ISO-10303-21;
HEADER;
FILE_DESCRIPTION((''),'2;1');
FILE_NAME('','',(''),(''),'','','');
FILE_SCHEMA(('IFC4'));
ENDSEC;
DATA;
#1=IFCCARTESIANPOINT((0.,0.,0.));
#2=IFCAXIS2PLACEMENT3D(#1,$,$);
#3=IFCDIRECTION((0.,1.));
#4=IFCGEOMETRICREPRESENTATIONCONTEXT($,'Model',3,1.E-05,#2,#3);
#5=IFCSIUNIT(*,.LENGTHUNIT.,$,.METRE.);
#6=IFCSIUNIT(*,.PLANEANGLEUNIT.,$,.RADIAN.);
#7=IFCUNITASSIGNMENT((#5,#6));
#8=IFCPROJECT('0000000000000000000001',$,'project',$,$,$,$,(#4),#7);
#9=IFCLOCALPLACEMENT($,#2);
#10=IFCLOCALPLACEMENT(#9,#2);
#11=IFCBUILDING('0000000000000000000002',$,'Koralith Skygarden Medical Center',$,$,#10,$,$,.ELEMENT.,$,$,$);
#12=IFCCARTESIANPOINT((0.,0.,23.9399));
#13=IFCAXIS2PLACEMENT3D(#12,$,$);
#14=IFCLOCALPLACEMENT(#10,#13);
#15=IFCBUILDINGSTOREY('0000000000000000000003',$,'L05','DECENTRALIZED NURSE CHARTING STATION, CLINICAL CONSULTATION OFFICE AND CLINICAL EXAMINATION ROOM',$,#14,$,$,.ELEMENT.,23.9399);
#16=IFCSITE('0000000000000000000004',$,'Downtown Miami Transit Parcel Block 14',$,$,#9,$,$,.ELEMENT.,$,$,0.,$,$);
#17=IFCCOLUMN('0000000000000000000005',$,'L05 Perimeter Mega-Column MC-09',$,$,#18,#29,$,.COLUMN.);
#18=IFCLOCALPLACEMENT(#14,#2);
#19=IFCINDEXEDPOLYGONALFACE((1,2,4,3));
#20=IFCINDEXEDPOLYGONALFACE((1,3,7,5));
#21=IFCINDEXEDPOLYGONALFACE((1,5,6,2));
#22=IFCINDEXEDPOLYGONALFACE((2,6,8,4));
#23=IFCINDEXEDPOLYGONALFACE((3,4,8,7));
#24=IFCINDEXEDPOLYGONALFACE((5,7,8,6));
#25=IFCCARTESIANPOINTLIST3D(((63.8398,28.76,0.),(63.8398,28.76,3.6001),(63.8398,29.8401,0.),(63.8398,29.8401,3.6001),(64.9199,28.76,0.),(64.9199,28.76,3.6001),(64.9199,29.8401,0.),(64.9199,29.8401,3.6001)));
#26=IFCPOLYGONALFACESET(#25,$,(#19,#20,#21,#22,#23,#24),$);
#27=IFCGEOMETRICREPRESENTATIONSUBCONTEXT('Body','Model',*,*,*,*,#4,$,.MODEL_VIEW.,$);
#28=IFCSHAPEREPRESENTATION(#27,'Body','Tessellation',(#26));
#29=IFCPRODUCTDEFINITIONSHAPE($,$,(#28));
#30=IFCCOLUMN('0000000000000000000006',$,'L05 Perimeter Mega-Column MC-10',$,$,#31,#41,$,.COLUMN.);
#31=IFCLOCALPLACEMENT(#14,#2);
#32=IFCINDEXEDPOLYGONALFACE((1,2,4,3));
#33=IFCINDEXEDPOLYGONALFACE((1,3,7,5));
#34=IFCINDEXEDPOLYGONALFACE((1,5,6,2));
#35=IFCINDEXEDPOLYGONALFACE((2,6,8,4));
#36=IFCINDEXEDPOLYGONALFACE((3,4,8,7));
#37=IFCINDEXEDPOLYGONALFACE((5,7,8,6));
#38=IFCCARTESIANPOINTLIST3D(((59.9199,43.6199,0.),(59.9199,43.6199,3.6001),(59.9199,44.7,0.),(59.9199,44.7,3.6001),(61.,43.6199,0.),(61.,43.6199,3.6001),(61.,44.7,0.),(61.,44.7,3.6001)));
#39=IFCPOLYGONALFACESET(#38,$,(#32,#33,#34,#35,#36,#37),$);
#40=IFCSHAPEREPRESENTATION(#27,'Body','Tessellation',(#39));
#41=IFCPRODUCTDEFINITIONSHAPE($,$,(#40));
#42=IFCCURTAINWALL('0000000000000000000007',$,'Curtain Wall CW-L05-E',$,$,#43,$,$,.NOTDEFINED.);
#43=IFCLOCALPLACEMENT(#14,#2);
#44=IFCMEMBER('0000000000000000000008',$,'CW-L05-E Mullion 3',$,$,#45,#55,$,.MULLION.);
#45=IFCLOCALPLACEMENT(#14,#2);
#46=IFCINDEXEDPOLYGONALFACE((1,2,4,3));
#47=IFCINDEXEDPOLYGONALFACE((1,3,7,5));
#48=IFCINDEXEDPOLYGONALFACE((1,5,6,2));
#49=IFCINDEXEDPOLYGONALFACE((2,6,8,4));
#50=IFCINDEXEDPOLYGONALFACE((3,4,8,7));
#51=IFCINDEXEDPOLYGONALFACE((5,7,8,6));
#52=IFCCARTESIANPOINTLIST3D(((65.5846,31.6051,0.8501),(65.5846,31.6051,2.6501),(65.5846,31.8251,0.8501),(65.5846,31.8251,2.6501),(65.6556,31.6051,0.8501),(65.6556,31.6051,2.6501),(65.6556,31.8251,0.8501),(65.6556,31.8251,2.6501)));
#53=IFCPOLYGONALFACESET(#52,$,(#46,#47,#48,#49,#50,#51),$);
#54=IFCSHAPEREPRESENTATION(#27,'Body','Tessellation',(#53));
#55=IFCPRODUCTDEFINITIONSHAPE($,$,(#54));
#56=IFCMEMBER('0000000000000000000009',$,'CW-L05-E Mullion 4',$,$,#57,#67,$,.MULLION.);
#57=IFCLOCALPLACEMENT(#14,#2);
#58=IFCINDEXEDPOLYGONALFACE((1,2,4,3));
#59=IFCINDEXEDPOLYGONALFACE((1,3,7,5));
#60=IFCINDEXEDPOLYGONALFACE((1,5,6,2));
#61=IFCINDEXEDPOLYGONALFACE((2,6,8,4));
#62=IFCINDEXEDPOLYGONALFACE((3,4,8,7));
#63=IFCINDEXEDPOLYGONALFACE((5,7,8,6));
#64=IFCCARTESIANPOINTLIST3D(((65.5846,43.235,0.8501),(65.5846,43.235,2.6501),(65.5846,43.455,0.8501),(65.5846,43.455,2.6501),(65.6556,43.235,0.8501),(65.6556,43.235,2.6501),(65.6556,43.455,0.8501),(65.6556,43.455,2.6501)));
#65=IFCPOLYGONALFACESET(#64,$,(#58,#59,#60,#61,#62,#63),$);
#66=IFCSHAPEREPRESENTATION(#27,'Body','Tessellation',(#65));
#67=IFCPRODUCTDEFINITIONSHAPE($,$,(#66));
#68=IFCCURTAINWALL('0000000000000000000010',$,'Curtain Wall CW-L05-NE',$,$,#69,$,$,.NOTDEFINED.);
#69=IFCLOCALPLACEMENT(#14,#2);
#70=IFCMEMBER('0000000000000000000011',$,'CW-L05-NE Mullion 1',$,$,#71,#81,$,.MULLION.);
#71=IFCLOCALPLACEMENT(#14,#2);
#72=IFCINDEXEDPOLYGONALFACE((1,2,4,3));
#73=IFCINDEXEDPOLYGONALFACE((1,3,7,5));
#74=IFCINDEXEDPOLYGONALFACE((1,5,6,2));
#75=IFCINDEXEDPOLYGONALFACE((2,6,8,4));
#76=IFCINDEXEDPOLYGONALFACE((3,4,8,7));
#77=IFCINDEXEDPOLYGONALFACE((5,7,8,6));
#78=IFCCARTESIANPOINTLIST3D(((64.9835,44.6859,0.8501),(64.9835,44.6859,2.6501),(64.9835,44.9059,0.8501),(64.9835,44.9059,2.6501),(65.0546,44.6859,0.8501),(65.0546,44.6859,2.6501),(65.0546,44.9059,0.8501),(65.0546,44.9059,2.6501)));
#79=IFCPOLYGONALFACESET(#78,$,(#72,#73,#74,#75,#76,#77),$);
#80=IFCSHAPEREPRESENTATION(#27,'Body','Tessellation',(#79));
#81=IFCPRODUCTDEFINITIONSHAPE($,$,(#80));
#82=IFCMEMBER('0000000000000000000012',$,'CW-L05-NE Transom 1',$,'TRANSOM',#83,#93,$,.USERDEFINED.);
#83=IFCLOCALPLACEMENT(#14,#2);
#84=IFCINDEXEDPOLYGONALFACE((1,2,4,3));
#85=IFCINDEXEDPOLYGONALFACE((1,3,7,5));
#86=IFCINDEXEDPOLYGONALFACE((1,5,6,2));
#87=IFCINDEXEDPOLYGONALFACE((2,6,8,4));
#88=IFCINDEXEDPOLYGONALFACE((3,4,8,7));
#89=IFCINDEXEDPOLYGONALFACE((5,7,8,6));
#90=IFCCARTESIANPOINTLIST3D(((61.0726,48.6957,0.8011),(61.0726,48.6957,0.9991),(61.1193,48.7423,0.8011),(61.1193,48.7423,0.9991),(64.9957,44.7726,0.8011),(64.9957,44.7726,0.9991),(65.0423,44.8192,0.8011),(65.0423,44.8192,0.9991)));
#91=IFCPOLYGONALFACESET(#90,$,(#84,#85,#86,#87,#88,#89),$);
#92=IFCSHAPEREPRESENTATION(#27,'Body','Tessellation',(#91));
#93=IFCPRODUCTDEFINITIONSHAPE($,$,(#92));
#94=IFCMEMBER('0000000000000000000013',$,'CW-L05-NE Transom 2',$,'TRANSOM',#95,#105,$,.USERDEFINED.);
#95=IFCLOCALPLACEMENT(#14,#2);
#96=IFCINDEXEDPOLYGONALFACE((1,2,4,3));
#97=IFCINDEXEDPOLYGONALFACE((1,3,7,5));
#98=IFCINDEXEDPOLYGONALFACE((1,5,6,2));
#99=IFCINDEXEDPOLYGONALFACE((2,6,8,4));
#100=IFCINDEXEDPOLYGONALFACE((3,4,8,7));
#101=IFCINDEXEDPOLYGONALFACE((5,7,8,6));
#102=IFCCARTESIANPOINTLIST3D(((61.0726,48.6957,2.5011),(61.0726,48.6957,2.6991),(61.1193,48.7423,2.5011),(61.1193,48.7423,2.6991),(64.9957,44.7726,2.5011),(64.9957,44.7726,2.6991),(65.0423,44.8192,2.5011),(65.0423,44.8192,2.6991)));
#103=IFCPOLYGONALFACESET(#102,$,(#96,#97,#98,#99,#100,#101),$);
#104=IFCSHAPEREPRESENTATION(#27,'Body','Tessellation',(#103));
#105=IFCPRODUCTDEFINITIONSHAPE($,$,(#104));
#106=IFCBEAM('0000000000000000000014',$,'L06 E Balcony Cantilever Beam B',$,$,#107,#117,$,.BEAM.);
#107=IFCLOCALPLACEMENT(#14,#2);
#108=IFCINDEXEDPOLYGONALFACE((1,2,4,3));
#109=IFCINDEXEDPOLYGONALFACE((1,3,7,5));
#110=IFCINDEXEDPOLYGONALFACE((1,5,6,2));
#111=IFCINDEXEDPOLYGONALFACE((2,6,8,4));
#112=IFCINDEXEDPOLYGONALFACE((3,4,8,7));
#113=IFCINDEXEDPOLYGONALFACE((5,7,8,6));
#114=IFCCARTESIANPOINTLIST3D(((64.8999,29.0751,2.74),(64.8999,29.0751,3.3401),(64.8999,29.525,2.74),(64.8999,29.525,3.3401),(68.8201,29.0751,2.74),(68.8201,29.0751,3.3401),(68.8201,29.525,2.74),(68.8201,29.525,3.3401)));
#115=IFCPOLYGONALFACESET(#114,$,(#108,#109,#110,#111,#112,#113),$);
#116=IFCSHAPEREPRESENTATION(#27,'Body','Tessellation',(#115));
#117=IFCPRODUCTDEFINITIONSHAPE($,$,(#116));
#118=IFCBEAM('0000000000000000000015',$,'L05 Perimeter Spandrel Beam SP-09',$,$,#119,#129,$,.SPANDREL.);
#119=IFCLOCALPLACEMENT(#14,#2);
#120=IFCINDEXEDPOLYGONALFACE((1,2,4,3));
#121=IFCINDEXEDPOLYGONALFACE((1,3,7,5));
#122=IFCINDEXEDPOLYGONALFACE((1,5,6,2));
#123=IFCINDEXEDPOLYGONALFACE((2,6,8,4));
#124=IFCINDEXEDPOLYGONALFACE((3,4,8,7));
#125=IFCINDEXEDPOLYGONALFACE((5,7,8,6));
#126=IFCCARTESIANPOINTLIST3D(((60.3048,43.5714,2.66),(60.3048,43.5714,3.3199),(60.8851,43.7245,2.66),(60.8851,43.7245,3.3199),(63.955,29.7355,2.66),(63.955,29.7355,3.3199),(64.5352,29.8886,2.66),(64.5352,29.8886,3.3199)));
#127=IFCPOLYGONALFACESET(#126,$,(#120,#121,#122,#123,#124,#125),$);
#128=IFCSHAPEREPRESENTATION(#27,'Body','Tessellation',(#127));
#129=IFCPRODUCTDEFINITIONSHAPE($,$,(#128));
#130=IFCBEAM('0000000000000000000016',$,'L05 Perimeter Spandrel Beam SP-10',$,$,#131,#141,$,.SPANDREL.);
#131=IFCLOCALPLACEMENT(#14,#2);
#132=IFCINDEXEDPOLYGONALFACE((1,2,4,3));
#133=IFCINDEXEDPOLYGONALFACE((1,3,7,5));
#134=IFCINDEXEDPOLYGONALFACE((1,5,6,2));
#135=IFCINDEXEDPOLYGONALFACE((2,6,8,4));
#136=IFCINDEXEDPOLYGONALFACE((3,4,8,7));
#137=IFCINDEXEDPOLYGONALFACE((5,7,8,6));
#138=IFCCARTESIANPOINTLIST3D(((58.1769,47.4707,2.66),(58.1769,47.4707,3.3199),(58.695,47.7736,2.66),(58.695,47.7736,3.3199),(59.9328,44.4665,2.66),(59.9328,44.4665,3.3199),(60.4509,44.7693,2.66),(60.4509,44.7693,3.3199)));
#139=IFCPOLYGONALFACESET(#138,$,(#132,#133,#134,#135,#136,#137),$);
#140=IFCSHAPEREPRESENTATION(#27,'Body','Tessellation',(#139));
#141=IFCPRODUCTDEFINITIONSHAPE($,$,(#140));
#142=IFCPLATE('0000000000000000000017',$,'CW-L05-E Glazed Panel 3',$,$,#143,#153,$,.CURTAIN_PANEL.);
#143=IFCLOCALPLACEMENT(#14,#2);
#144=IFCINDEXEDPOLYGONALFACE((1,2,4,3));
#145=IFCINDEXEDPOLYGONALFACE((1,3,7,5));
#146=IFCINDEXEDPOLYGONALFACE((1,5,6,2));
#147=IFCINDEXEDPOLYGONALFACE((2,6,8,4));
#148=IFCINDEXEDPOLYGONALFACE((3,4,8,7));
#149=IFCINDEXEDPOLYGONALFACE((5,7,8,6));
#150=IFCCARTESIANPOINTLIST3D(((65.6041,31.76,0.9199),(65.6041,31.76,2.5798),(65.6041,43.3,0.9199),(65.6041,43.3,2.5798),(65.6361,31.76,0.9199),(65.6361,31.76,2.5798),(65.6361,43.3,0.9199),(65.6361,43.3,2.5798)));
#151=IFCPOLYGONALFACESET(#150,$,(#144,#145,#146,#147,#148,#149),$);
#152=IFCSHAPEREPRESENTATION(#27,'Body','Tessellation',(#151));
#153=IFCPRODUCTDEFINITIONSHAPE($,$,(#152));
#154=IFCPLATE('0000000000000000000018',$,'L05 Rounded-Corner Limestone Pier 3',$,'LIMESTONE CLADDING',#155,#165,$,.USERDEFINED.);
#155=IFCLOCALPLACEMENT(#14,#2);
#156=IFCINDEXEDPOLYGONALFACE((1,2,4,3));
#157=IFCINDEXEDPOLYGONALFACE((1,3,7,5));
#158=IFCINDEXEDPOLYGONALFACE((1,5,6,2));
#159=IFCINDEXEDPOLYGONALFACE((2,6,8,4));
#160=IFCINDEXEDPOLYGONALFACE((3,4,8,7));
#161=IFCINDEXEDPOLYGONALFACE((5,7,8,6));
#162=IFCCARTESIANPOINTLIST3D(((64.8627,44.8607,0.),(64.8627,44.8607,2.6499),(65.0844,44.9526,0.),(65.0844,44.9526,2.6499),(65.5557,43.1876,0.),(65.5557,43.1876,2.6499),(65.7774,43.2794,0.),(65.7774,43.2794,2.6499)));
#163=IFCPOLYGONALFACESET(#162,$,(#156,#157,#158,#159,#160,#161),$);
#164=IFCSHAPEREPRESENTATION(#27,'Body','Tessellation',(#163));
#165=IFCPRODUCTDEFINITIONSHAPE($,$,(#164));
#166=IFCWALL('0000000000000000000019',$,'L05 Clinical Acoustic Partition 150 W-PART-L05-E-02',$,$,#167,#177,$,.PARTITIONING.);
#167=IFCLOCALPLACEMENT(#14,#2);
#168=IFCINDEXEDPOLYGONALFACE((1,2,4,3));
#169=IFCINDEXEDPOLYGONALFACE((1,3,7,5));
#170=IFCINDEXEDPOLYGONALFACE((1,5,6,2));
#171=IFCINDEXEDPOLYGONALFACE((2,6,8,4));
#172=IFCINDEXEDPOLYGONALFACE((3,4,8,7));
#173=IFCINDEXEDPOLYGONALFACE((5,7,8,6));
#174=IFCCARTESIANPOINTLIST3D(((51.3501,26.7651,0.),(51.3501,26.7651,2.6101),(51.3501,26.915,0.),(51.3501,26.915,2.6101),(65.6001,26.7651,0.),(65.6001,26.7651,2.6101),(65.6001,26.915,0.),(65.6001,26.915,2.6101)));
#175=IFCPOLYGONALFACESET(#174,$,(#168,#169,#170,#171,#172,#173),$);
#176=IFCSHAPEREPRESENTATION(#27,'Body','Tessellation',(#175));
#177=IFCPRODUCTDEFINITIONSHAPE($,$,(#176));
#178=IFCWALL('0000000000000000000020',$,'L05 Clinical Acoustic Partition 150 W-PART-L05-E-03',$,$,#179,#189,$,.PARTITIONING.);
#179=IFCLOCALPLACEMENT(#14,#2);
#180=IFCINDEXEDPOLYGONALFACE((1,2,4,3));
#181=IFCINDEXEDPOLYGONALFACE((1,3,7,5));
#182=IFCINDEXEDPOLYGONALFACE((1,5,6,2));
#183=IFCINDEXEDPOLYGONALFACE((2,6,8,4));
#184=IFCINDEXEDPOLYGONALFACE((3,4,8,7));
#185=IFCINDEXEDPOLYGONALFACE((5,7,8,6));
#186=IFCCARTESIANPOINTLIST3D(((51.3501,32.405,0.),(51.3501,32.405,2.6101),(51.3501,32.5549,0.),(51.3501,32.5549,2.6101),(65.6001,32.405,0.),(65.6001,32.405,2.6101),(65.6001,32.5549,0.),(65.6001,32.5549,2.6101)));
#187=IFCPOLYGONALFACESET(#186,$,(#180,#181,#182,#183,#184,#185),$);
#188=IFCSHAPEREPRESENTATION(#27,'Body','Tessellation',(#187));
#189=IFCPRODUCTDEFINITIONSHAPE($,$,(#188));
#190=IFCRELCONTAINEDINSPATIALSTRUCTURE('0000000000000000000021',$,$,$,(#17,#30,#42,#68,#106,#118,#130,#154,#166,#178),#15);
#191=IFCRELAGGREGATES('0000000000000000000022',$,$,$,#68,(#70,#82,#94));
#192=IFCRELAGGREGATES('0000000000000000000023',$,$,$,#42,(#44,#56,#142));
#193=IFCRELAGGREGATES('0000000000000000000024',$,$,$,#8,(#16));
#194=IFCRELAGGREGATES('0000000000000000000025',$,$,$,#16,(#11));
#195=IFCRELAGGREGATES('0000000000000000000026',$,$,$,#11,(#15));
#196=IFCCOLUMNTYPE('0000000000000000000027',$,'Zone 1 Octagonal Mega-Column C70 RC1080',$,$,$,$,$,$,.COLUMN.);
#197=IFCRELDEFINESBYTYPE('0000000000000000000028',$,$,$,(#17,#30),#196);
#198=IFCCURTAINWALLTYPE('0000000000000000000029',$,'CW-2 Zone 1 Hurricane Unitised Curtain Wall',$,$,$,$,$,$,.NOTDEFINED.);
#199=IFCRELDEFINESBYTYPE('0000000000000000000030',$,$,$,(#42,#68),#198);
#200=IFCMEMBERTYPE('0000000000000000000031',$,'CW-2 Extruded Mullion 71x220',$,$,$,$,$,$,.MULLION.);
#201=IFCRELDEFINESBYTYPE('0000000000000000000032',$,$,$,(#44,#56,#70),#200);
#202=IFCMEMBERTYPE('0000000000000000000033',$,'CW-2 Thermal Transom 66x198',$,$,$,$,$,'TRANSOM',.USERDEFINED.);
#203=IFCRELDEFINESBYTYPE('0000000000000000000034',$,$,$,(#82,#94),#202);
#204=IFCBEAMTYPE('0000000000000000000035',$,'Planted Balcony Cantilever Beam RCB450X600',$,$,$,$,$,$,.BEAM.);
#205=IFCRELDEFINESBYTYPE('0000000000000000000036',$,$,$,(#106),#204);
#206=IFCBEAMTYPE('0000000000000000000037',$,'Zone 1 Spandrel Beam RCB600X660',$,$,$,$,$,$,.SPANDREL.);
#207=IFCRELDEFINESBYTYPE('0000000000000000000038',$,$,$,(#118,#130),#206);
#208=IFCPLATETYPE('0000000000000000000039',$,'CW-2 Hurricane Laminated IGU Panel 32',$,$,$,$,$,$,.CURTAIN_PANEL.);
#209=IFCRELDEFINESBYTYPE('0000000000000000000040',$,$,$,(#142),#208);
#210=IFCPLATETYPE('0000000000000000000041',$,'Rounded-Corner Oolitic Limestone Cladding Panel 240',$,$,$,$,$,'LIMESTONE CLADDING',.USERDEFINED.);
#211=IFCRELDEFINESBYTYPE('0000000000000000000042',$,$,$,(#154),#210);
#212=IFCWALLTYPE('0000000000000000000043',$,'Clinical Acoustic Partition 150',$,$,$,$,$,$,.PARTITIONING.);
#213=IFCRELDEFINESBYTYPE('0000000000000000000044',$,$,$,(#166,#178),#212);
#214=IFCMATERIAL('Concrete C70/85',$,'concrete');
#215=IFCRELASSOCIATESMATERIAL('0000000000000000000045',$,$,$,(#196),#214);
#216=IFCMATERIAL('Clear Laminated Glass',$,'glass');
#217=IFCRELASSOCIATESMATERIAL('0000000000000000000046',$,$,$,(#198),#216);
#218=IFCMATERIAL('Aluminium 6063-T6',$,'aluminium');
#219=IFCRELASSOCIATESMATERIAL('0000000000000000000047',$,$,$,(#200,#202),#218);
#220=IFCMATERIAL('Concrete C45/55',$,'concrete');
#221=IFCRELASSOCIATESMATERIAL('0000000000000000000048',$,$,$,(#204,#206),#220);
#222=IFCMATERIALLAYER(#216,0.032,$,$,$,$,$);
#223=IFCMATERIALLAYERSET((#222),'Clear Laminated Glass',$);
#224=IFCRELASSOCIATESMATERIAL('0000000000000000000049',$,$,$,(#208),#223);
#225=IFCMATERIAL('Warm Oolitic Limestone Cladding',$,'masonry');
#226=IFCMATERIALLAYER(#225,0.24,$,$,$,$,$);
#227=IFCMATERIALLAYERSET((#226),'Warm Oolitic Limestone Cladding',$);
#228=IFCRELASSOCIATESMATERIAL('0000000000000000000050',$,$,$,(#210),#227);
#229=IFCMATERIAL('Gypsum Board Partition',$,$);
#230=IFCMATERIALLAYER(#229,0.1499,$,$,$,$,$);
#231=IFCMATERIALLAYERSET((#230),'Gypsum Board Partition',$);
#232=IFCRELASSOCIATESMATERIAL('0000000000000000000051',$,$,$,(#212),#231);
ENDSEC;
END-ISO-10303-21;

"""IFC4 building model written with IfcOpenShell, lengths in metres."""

from ifc_helpers import new_model, si_unit, direction, frame, frame_2d, origin, origin_2d, place, context, subcontext, project, spatial, rectangle, extrude, material, layer, layer_set, material_profile, profile_set, type_object, element, aggregate, save


model = new_model("IFC4")

# Units and contexts
model_context = context("Model", 3, precision=1e-05, world=origin(), true_north=direction((0.0, 1.0)))
body_context = subcontext(model_context, "Body", "Model", "MODEL_VIEW")
ifc_project = project(units=[si_unit("LENGTHUNIT", "METRE"), si_unit("PLANEANGLEUNIT", "RADIAN")], contexts=[model_context])

# Site, building, storey
site_placement = place(None, origin())
site = spatial("IfcSite", under=ifc_project, at=site_placement, Name="Downtown Miami Transit Parcel Block 14", CompositionType="ELEMENT", RefElevation=0.0)
building_placement = place(site_placement, origin())
building = spatial("IfcBuilding", under=site, at=building_placement, Name="Koralith Skygarden Medical Center", CompositionType="ELEMENT")
storey_placement = place(building_placement, frame((0.0, 0.0, 23.9399)))
storey = spatial("IfcBuildingStorey", under=building, at=storey_placement, Name="L05", Description="DECENTRALIZED NURSE CHARTING STATION, CLINICAL CONSULTATION OFFICE AND CLINICAL EXAMINATION ROOM", CompositionType="ELEMENT", Elevation=23.9399)

# Columns
ifc_material_1 = material(Name="Concrete C70/85", Category="concrete")
ifc_material_profile_1 = material_profile(ifc_material_1, rectangle(XDim=1.0801, YDim=1.0801, at=origin_2d()), Name="RC1080X1080")
ifc_profile_set_1 = profile_set([ifc_material_profile_1], Name="Concrete C70/85")
column_type = type_object("IfcColumnType", Name="Zone 1 Octagonal Mega-Column C70 RC1080", PredefinedType="COLUMN", material=ifc_profile_set_1)
for number, where, z_axis, x_axis, name in (
    (1, (64.3799, 29.3, 0.0), (0.0, 0.0, 1.0), (1.0, 0.0, 0.0), "L05 Perimeter Mega-Column MC-09"),
    (2, (60.46, 44.1599, 0.0), (0.0, 0.0, 1.0), (1.0, 0.0, 0.0), "L05 Perimeter Mega-Column MC-10"),
):
    element("IfcColumn", number, at=place(storey_placement, frame(where, z_axis=z_axis, x_axis=x_axis)), inside=storey, type_object=column_type, Name=name, PredefinedType="COLUMN", context=body_context, shape_type="SweptSolid", body=[
        extrude(rectangle(XDim=1.0801, YDim=1.0801, at=origin_2d()), origin(), (0.0, 0.0, 1.0), 3.6001),
    ])

# Curtain walls, members
ifc_material_2 = material(Name="Clear Laminated Glass", Category="glass")
curtain_wall_type = type_object("IfcCurtainWallType", Name="CW-2 Zone 1 Hurricane Unitised Curtain Wall", PredefinedType="NOTDEFINED", material=ifc_material_2)
curtain_wall_1_placement = place(storey_placement, origin())
curtain_wall_1 = element("IfcCurtainWall", 3, at=curtain_wall_1_placement, inside=storey, type_object=curtain_wall_type, Name="Curtain Wall CW-L05-E", PredefinedType="NOTDEFINED")
ifc_material_3 = material(Name="Aluminium 6063-T6", Category="aluminium")
ifc_material_profile_2 = material_profile(ifc_material_3, rectangle(XDim=0.071, YDim=0.22, at=origin_2d()), Name="MUL71X220")
ifc_profile_set_2 = profile_set([ifc_material_profile_2], Name="Aluminium 6063-T6")
member_type_1 = type_object("IfcMemberType", Name="CW-2 Extruded Mullion 71x220", PredefinedType="MULLION", material=ifc_profile_set_2)
member_1_placement = place(storey_placement, frame((65.6201, 31.7151, 0.8501), z_axis=(0.0, 0.0, 1.0), x_axis=(1.0, 0.0, 0.0)))
member_1 = element("IfcMember", 4, at=member_1_placement, type_object=member_type_1, Name="CW-L05-E Mullion 3", PredefinedType="MULLION", context=body_context, shape_type="SweptSolid", body=[
    extrude(rectangle(XDim=0.071, YDim=0.22, at=origin_2d()), origin(), (0.0, 0.0, 1.0), 1.8),
])
member_2_placement = place(storey_placement, frame((65.6201, 43.345, 0.8501), z_axis=(0.0, 0.0, 1.0), x_axis=(1.0, 0.0, 0.0)))
member_2 = element("IfcMember", 5, at=member_2_placement, type_object=member_type_1, Name="CW-L05-E Mullion 4", PredefinedType="MULLION", context=body_context, shape_type="SweptSolid", body=[
    extrude(rectangle(XDim=0.071, YDim=0.22, at=origin_2d()), origin(), (0.0, 0.0, 1.0), 1.8),
])
curtain_wall_2_placement = place(storey_placement, origin())
curtain_wall_2 = element("IfcCurtainWall", 6, at=curtain_wall_2_placement, inside=storey, type_object=curtain_wall_type, Name="Curtain Wall CW-L05-NE", PredefinedType="NOTDEFINED")
member_3_placement = place(storey_placement, frame((65.019, 44.7959, 0.8501), z_axis=(0.0, 0.0, 1.0), x_axis=(1.0, 0.0, 0.0)))
member_3 = element("IfcMember", 7, at=member_3_placement, type_object=member_type_1, Name="CW-L05-NE Mullion 1", PredefinedType="MULLION", context=body_context, shape_type="SweptSolid", body=[
    extrude(rectangle(XDim=0.071, YDim=0.22, at=origin_2d()), origin(), (0.0, 0.0, 1.0), 1.8),
])
ifc_material_profile_3 = material_profile(ifc_material_3, rectangle(XDim=0.0659, YDim=0.198, at=origin_2d()), Name="TRN66X198")
ifc_profile_set_3 = profile_set([ifc_material_profile_3], Name="Aluminium 6063-T6")
member_type_2 = type_object("IfcMemberType", Name="CW-2 Thermal Transom 66x198", ElementType="TRANSOM", PredefinedType="USERDEFINED", material=ifc_profile_set_3)
member_4_placement = place(storey_placement, frame((65.019, 44.7959, 0.9001), z_axis=(-0.707107, 0.707107, 0.0), x_axis=(-0.707107, -0.707107, 0.0)))
member_4 = element("IfcMember", 8, at=member_4_placement, type_object=member_type_2, Name="CW-L05-NE Transom 1", ObjectType="TRANSOM", PredefinedType="USERDEFINED", context=body_context, shape_type="SweptSolid", body=[
    extrude(rectangle(XDim=0.0659, YDim=0.198, at=origin_2d()), origin(), (0.0, 0.0, 1.0), 5.5481),
])
member_5_placement = place(storey_placement, frame((65.019, 44.7959, 2.6001), z_axis=(-0.707107, 0.707107, 0.0), x_axis=(-0.707107, -0.707107, 0.0)))
member_5 = element("IfcMember", 9, at=member_5_placement, type_object=member_type_2, Name="CW-L05-NE Transom 2", ObjectType="TRANSOM", PredefinedType="USERDEFINED", context=body_context, shape_type="SweptSolid", body=[
    extrude(rectangle(XDim=0.0659, YDim=0.198, at=origin_2d()), origin(), (0.0, 0.0, 1.0), 5.5481),
])
aggregate(curtain_wall_2, [member_3, member_4, member_5])

# Beams
ifc_material_4 = material(Name="Concrete C45/55", Category="concrete")
ifc_material_profile_4 = material_profile(ifc_material_4, rectangle(XDim=0.45, YDim=0.6001, at=origin_2d()), Name="RCB450X600")
ifc_profile_set_4 = profile_set([ifc_material_profile_4], Name="Concrete C45/55")
beam_type_1 = type_object("IfcBeamType", Name="Planted Balcony Cantilever Beam RCB450X600", PredefinedType="BEAM", material=ifc_profile_set_4)
beam_1_placement = place(storey_placement, frame((64.8999, 29.3, 3.04), z_axis=(1.0, 0.0, 0.0), x_axis=(0.0, 1.0, 0.0)))
element("IfcBeam", 10, at=beam_1_placement, inside=storey, type_object=beam_type_1, Name="L06 E Balcony Cantilever Beam B", PredefinedType="BEAM", context=body_context, shape_type="SweptSolid", body=[
    extrude(rectangle(XDim=0.45, YDim=0.6001, at=origin_2d()), origin(), (0.0, 0.0, 1.0), 3.9202),
])
ifc_material_profile_5 = material_profile(ifc_material_4, rectangle(XDim=0.6001, YDim=0.6599, at=origin_2d()), Name="RCB600X660")
ifc_profile_set_5 = profile_set([ifc_material_profile_5], Name="Concrete C45/55")
beam_type_2 = type_object("IfcBeamType", Name="Zone 1 Spandrel Beam RCB600X660", PredefinedType="SPANDREL", material=ifc_profile_set_5)
beam_2_placement = place(storey_placement, frame((64.2451, 29.812, 2.99), z_axis=(-0.255089, 0.966918, 0.0), x_axis=(-0.966918, -0.255089, 0.0)))
element("IfcBeam", 11, at=beam_2_placement, inside=storey, type_object=beam_type_2, Name="L05 Perimeter Spandrel Beam SP-09", PredefinedType="SPANDREL", context=body_context, shape_type="SweptSolid", body=[
    extrude(rectangle(XDim=0.6001, YDim=0.6599, at=origin_2d()), origin(), (0.0, 0.0, 1.0), 14.3093),
])
beam_3_placement = place(storey_placement, frame((60.1919, 44.6179, 2.99), z_axis=(-0.504608, 0.863349, 0.0), x_axis=(-0.863349, -0.504608, 0.0)))
element("IfcBeam", 12, at=beam_3_placement, inside=storey, type_object=beam_type_2, Name="L05 Perimeter Spandrel Beam SP-10", PredefinedType="SPANDREL", context=body_context, shape_type="SweptSolid", body=[
    extrude(rectangle(XDim=0.6001, YDim=0.6599, at=origin_2d()), origin(), (0.0, 0.0, 1.0), 3.4797),
])

# Plates
ifc_layer_1 = layer(ifc_material_2, 0.032)
ifc_layer_set_1 = layer_set([ifc_layer_1], Name="Clear Laminated Glass")
plate_type_1 = type_object("IfcPlateType", Name="CW-2 Hurricane Laminated IGU Panel 32", PredefinedType="CURTAIN_PANEL", material=ifc_layer_set_1)
plate_1_placement = place(storey_placement, frame((65.6201, 37.53, 0.9199), z_axis=(0.0, 0.0, 1.0), x_axis=(0.0, 1.0, 0.0)))
plate_1 = element("IfcPlate", 13, at=plate_1_placement, type_object=plate_type_1, Name="CW-L05-E Glazed Panel 3", PredefinedType="CURTAIN_PANEL", context=body_context, shape_type="SweptSolid", body=[
    extrude(rectangle(XDim=11.54, YDim=0.032, at=origin_2d()), origin(), (0.0, 0.0, 1.0), 1.6599),
])
aggregate(curtain_wall_1, [member_1, member_2, plate_1])
ifc_material_5 = material(Name="Warm Oolitic Limestone Cladding", Category="masonry")
ifc_layer_2 = layer(ifc_material_5, 0.24)
ifc_layer_set_2 = layer_set([ifc_layer_2], Name="Warm Oolitic Limestone Cladding")
plate_type_2 = type_object("IfcPlateType", Name="Rounded-Corner Oolitic Limestone Cladding Panel 240", ElementType="LIMESTONE CLADDING", PredefinedType="USERDEFINED", material=ifc_layer_set_2)
plate_2_placement = place(storey_placement, frame((65.3201, 44.0701, 0.0), z_axis=(0.0, 0.0, 1.0), x_axis=(-0.382671, 0.923885, 0.0)))
element("IfcPlate", 14, at=plate_2_placement, inside=storey, type_object=plate_type_2, Name="L05 Rounded-Corner Limestone Pier 3", ObjectType="LIMESTONE CLADDING", PredefinedType="USERDEFINED", context=body_context, shape_type="SweptSolid", body=[
    extrude(rectangle(XDim=1.811, YDim=0.24, at=origin_2d()), origin(), (0.0, 0.0, 1.0), 2.6499),
])

# Walls
ifc_material_6 = material(Name="Gypsum Board Partition")
ifc_layer_3 = layer(ifc_material_6, 0.1499)
ifc_layer_set_3 = layer_set([ifc_layer_3], Name="Gypsum Board Partition")
wall_type_1 = type_object("IfcWallType", Name="Clinical Acoustic Partition 150", PredefinedType="PARTITIONING", material=ifc_layer_set_3)
for number, where, z_axis, x_axis, name in (
    (15, (51.3501, 26.8401, 0.0), (0.0, 0.0, 1.0), (1.0, 0.0, 0.0), "L05 Clinical Acoustic Partition 150 W-PART-L05-E-02"),
    (16, (51.3501, 32.48, 0.0), (0.0, 0.0, 1.0), (1.0, 0.0, 0.0), "L05 Clinical Acoustic Partition 150 W-PART-L05-E-03"),
):
    element("IfcWall", number, at=place(storey_placement, frame(where, z_axis=z_axis, x_axis=x_axis)), inside=storey, type_object=wall_type_1, Name=name, PredefinedType="PARTITIONING", context=body_context, shape_type="SweptSolid", body=[
        extrude(rectangle(XDim=14.25, YDim=0.1499, at=frame_2d((7.125, 0.0))), origin(), (0.0, 0.0, 1.0), 2.6101),
    ])

save(model, "model.ifc")
